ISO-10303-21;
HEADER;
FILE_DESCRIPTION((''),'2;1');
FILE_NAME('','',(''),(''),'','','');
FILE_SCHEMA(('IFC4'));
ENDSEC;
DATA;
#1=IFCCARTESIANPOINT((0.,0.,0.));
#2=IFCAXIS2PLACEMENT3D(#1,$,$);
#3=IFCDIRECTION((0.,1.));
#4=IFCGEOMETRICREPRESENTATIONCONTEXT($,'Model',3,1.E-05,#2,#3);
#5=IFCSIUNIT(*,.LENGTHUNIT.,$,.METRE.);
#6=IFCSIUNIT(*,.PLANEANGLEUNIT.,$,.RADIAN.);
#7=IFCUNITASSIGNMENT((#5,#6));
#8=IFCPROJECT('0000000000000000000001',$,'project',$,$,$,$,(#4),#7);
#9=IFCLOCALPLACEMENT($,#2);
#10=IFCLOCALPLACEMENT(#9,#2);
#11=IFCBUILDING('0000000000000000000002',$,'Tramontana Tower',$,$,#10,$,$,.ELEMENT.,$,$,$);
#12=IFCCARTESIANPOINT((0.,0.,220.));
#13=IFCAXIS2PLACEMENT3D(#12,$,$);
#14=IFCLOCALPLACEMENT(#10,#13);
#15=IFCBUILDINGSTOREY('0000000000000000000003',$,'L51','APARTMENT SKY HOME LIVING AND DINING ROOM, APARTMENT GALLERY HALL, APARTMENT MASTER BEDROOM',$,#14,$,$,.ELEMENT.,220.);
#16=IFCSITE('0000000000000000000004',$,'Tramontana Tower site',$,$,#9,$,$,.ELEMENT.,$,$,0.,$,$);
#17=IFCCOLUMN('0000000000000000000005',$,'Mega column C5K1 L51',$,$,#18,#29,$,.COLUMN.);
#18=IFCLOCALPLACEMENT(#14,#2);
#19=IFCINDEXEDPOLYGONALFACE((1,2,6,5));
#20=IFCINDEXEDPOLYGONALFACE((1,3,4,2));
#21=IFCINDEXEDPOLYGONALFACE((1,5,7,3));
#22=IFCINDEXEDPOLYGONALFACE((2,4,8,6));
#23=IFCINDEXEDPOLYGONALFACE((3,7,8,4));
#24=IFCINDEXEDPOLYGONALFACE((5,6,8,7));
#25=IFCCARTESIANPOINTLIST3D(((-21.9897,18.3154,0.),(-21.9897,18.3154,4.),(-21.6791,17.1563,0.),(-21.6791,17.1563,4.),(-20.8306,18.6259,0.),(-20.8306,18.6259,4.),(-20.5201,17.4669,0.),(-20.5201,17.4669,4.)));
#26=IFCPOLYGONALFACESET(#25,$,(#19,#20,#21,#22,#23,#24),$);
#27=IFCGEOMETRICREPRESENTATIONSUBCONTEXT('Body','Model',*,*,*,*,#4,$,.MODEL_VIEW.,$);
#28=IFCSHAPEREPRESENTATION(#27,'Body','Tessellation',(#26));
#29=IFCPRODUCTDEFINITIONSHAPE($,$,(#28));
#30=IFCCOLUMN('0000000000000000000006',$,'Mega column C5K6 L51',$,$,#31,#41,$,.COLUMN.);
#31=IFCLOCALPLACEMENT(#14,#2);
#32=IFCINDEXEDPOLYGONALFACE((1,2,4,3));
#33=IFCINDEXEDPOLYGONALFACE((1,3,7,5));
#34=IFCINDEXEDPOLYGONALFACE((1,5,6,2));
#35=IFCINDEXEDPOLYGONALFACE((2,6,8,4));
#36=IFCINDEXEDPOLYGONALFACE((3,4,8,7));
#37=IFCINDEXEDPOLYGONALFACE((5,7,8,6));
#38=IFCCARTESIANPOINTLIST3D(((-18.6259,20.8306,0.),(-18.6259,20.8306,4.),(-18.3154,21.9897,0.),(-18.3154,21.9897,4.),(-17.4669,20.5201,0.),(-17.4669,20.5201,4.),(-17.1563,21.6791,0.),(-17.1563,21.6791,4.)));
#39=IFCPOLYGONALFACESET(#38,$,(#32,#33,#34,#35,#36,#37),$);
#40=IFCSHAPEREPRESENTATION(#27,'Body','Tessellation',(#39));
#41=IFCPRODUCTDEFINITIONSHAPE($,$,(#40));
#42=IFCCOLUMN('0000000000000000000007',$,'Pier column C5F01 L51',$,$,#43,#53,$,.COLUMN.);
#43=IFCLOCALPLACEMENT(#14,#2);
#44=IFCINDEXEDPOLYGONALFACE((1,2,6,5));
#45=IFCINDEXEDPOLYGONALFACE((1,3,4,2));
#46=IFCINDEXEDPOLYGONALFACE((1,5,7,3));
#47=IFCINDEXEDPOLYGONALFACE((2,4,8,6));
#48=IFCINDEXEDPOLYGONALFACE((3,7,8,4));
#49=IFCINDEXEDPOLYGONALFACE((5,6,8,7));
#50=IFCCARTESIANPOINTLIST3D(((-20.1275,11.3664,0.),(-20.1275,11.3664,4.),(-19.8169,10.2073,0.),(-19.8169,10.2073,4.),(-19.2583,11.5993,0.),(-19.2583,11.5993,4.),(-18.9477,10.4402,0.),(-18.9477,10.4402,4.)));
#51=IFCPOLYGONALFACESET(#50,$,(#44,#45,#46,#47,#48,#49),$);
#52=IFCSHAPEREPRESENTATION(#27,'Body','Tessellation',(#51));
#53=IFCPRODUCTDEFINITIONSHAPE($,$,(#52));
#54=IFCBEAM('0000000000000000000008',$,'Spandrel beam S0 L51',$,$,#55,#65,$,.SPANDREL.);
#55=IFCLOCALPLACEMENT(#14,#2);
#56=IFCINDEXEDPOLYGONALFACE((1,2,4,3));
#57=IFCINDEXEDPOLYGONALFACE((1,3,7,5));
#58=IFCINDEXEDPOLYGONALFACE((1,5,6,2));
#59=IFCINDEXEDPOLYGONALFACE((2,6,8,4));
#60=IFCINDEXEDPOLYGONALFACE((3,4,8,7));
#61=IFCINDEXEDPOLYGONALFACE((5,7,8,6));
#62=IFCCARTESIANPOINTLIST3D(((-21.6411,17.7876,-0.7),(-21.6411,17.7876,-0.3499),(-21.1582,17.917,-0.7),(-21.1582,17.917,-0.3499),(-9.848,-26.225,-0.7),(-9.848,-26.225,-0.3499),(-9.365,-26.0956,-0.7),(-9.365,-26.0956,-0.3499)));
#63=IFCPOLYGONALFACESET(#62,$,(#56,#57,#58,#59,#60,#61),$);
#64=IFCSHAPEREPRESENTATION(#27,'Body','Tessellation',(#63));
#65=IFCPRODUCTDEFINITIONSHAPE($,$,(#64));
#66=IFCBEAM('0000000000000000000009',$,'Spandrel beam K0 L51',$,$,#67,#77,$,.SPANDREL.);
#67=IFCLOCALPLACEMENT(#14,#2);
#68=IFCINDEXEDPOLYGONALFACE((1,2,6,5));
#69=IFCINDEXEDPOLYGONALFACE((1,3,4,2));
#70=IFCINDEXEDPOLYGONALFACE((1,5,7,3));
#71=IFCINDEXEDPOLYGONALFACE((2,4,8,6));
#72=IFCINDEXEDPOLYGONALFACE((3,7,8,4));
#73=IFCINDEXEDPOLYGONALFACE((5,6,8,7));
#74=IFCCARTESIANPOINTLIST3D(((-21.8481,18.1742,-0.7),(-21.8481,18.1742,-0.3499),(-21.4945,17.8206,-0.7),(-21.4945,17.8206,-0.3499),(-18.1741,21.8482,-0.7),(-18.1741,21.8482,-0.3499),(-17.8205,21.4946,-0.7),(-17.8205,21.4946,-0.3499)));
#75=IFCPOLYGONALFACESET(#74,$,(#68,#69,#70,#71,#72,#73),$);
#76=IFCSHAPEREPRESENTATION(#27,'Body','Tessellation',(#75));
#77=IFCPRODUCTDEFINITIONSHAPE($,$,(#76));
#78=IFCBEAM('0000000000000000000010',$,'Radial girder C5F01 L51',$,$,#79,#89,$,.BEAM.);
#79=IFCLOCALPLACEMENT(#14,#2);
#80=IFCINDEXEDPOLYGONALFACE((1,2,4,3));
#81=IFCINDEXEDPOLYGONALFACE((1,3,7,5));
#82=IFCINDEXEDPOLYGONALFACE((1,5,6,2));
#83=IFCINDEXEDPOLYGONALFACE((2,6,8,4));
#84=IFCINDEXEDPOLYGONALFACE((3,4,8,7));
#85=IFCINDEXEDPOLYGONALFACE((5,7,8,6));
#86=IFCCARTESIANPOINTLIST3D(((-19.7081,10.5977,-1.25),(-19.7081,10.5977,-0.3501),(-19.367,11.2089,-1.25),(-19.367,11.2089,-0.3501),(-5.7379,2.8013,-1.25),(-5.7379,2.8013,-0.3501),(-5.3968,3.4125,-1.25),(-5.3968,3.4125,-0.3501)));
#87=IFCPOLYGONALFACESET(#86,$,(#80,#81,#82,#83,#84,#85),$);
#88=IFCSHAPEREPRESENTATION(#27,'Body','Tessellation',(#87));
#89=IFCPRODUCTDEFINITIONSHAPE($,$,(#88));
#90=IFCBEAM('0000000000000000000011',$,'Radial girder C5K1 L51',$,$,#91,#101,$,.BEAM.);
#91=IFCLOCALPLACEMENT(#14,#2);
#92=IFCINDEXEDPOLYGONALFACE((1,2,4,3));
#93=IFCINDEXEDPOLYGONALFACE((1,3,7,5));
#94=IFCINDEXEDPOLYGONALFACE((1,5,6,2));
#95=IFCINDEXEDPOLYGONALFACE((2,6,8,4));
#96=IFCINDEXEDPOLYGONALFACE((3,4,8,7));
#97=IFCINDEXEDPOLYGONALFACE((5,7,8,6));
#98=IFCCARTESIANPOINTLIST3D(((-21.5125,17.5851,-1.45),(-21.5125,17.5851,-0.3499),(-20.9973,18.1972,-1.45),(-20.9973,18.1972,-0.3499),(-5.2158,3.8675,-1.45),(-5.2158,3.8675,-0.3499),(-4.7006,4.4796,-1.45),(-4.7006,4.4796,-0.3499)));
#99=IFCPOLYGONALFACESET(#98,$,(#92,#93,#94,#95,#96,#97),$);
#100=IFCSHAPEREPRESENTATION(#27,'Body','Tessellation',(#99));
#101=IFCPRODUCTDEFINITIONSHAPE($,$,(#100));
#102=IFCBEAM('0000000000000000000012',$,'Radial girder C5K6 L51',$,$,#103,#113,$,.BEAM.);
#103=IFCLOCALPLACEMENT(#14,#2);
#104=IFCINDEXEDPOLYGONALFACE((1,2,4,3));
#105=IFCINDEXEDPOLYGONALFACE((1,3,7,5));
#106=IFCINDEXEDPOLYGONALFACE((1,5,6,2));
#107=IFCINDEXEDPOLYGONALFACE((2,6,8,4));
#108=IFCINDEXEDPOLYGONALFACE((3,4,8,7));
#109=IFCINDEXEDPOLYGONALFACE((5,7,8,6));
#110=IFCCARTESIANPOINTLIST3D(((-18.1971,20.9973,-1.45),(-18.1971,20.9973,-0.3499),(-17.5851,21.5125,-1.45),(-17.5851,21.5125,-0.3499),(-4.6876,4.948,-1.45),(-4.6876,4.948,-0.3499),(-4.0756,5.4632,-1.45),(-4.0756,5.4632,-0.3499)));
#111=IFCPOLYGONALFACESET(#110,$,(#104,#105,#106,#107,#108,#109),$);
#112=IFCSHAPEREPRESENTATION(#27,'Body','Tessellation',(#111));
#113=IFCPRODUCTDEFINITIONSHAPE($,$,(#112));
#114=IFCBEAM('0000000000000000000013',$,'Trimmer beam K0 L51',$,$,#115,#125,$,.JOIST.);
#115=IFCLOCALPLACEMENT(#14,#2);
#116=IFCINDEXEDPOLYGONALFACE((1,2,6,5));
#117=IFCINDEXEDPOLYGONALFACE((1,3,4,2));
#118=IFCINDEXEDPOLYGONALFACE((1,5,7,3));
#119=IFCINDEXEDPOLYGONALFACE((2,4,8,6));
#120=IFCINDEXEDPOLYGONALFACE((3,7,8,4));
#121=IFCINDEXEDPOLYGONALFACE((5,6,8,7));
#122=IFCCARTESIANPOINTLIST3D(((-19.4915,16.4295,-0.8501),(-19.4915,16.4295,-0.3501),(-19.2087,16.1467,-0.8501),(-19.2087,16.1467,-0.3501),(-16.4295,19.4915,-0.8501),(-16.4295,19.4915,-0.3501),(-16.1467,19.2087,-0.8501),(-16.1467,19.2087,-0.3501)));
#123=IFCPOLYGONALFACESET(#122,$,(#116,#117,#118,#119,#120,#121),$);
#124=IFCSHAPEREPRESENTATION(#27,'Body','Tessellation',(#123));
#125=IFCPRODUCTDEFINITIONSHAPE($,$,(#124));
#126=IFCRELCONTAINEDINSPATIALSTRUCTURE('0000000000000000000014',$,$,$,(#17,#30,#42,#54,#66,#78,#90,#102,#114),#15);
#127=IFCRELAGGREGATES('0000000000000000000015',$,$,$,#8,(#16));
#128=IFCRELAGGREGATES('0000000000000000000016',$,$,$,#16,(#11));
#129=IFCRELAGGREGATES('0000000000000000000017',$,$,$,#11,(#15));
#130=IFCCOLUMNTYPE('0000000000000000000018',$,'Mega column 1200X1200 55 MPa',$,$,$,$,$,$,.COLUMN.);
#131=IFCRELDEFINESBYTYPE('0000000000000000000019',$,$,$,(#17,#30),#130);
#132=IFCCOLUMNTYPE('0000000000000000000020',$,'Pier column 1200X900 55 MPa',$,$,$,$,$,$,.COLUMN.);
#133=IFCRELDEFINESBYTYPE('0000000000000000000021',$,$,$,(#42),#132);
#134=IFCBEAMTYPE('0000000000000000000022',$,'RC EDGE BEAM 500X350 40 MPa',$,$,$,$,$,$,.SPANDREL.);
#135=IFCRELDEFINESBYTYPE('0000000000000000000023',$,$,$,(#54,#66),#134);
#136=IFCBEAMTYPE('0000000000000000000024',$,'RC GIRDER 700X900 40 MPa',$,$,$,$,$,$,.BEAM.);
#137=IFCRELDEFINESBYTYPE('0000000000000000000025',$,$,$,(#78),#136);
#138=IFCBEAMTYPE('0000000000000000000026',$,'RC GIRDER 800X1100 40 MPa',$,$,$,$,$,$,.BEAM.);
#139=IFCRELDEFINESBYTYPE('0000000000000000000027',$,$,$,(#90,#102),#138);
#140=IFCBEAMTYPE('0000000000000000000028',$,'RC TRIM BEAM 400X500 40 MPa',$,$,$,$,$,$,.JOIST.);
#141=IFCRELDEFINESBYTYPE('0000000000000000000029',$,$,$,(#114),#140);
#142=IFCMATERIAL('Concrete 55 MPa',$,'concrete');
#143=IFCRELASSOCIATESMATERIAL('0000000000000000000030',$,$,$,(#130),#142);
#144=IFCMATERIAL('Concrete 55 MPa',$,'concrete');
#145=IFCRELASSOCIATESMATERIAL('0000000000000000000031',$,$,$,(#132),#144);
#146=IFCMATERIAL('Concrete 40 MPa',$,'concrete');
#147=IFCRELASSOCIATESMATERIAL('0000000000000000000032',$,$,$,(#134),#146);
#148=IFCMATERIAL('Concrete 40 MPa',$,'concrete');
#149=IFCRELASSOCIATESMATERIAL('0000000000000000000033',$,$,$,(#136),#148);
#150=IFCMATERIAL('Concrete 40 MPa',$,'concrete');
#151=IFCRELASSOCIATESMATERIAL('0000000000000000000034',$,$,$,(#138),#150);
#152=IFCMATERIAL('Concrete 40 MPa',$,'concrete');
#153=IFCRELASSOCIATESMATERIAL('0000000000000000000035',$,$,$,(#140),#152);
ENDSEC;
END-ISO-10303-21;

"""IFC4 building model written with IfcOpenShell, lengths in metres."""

from ifc_helpers import new_model, si_unit, direction, frame, origin, origin_2d, place, context, subcontext, project, spatial, rectangle, extrude, material, material_profile, profile_set, type_object, element, save


model = new_model("IFC4")

# Units and contexts
model_context = context("Model", 3, precision=1e-05, world=origin(), true_north=direction((0.0, 1.0)))
body_context = subcontext(model_context, "Body", "Model", "MODEL_VIEW")
ifc_project = project(units=[si_unit("LENGTHUNIT", "METRE"), si_unit("PLANEANGLEUNIT", "RADIAN")], contexts=[model_context])

# Site, building, storey
site_placement = place(None, origin())
site = spatial("IfcSite", under=ifc_project, at=site_placement, Name="Tramontana Tower site", CompositionType="ELEMENT", RefElevation=0.0)
building_placement = place(site_placement, origin())
building = spatial("IfcBuilding", under=site, at=building_placement, Name="Tramontana Tower", CompositionType="ELEMENT")
storey_placement = place(building_placement, frame((0.0, 0.0, 220.0)))
storey = spatial("IfcBuildingStorey", under=building, at=storey_placement, Name="L51", Description="APARTMENT SKY HOME LIVING AND DINING ROOM, APARTMENT GALLERY HALL, APARTMENT MASTER BEDROOM", CompositionType="ELEMENT", Elevation=220.0)

# Columns
ifc_material_1 = material(Name="Concrete 55 MPa", Category="concrete")
ifc_material_profile_1 = material_profile(ifc_material_1, rectangle(XDim=1.2, YDim=1.2, at=origin_2d()), Name="Mega column 1200X1200 55 MPa")
ifc_profile_set_1 = profile_set([ifc_material_profile_1], Name="Concrete 55 MPa")
column_type_1 = type_object("IfcColumnType", Name="Mega column 1200X1200 55 MPa", PredefinedType="COLUMN", material=ifc_profile_set_1)
for number, where, z_axis, x_axis, name in (
    (1, (-21.2549, 17.8911, 0.0), (0.0, 0.0, 1.0), (0.258819, -0.965926, 0.0), "Mega column C5K1 L51"),
    (2, (-17.8911, 21.2549, 0.0), (0.0, 0.0, 1.0), (-0.965926, 0.258819, 0.0), "Mega column C5K6 L51"),
):
    element("IfcColumn", number, at=place(storey_placement, frame(where, z_axis=z_axis, x_axis=x_axis)), inside=storey, type_object=column_type_1, Name=name, PredefinedType="COLUMN", context=body_context, shape_type="SweptSolid", body=[
        extrude(rectangle(XDim=1.2, YDim=1.2, at=origin_2d()), origin(), (0.0, 0.0, 1.0), 4.0),
    ])
ifc_material_2 = material(Name="Concrete 55 MPa", Category="concrete")
ifc_material_profile_2 = material_profile(ifc_material_2, rectangle(XDim=1.2, YDim=0.8999, at=origin_2d()), Name="Pier column 1200X900 55 MPa")
ifc_profile_set_2 = profile_set([ifc_material_profile_2], Name="Concrete 55 MPa")
column_type_2 = type_object("IfcColumnType", Name="Pier column 1200X900 55 MPa", PredefinedType="COLUMN", material=ifc_profile_set_2)
column_placement = place(storey_placement, frame((-19.5376, 10.9033, 0.0), z_axis=(0.0, 0.0, 1.0), x_axis=(0.258819, -0.965926, 0.0)))
element("IfcColumn", 3, at=column_placement, inside=storey, type_object=column_type_2, Name="Pier column C5F01 L51", PredefinedType="COLUMN", context=body_context, shape_type="SweptSolid", body=[
    extrude(rectangle(XDim=1.2, YDim=0.8999, at=origin_2d()), origin(), (0.0, 0.0, 1.0), 4.0),
])

# Beams
ifc_material_3 = material(Name="Concrete 40 MPa", Category="concrete")
ifc_material_profile_3 = material_profile(ifc_material_3, rectangle(XDim=0.5, YDim=0.3501, at=origin_2d()), Name="RC EDGE BEAM 500X350 40 MPa")
ifc_profile_set_3 = profile_set([ifc_material_profile_3], Name="Concrete 40 MPa")
beam_type_1 = type_object("IfcBeamType", Name="RC EDGE BEAM 500X350 40 MPa", PredefinedType="SPANDREL", material=ifc_profile_set_3)
beam_1_placement = place(storey_placement, frame((-21.3997, 17.8523, -0.5249), z_axis=(0.25882, -0.965926, 0.0), x_axis=(0.965926, 0.25882, 0.0)))
element("IfcBeam", 4, at=beam_1_placement, inside=storey, type_object=beam_type_1, Name="Spandrel beam S0 L51", PredefinedType="SPANDREL", context=body_context, shape_type="SweptSolid", body=[
    extrude(rectangle(XDim=0.5, YDim=0.3501, at=origin_2d()), origin(), (0.0, 0.0, 1.0), 45.5652),
])
beam_2_placement = place(storey_placement, frame((-17.9973, 21.6714, -0.5249), z_axis=(-0.707107, -0.707107, 0.0), x_axis=(0.707107, -0.707107, 0.0)))
element("IfcBeam", 5, at=beam_2_placement, inside=storey, type_object=beam_type_1, Name="Spandrel beam K0 L51", PredefinedType="SPANDREL", context=body_context, shape_type="SweptSolid", body=[
    extrude(rectangle(XDim=0.5, YDim=0.3501, at=origin_2d()), origin(), (0.0, 0.0, 1.0), 5.1958),
])
ifc_material_4 = material(Name="Concrete 40 MPa", Category="concrete")
ifc_material_profile_4 = material_profile(ifc_material_4, rectangle(XDim=0.7, YDim=0.8999, at=origin_2d()), Name="RC GIRDER 700X900 40 MPa")
ifc_profile_set_4 = profile_set([ifc_material_profile_4], Name="Concrete 40 MPa")
beam_type_2 = type_object("IfcBeamType", Name="RC GIRDER 700X900 40 MPa", PredefinedType="BEAM", material=ifc_profile_set_4)
beam_3_placement = place(storey_placement, frame((-19.5376, 10.9033, -0.8), z_axis=(0.873223, -0.487321, 0.0), x_axis=(0.487321, 0.873223, 0.0)))
element("IfcBeam", 6, at=beam_3_placement, inside=storey, type_object=beam_type_2, Name="Radial girder C5F01 L51", PredefinedType="BEAM", context=body_context, shape_type="SweptSolid", body=[
    extrude(rectangle(XDim=0.7, YDim=0.8999, at=origin_2d()), origin(), (0.0, 0.0, 1.0), 15.9985),
])
ifc_material_5 = material(Name="Concrete 40 MPa", Category="concrete")
ifc_material_profile_5 = material_profile(ifc_material_5, rectangle(XDim=0.8, YDim=1.1001, at=origin_2d()), Name="RC GIRDER 800X1100 40 MPa")
ifc_profile_set_5 = profile_set([ifc_material_profile_5], Name="Concrete 40 MPa")
beam_type_3 = type_object("IfcBeamType", Name="RC GIRDER 800X1100 40 MPa", PredefinedType="BEAM", material=ifc_profile_set_5)
beam_4_placement = place(storey_placement, frame((-21.2549, 17.8911, -0.8999), z_axis=(0.765049, -0.643972, 0.0), x_axis=(0.643972, 0.765049, 0.0)))
element("IfcBeam", 7, at=beam_4_placement, inside=storey, type_object=beam_type_3, Name="Radial girder C5K1 L51", PredefinedType="BEAM", context=body_context, shape_type="SweptSolid", body=[
    extrude(rectangle(XDim=0.8, YDim=1.1001, at=origin_2d()), origin(), (0.0, 0.0, 1.0), 21.3015),
])
beam_5_placement = place(storey_placement, frame((-17.8911, 21.2549, -0.8999), z_axis=(0.643977, -0.765045, 0.0), x_axis=(0.765045, 0.643977, 0.0)))
element("IfcBeam", 8, at=beam_5_placement, inside=storey, type_object=beam_type_3, Name="Radial girder C5K6 L51", PredefinedType="BEAM", context=body_context, shape_type="SweptSolid", body=[
    extrude(rectangle(XDim=0.8, YDim=1.1001, at=origin_2d()), origin(), (0.0, 0.0, 1.0), 20.9783),
])
ifc_material_6 = material(Name="Concrete 40 MPa", Category="concrete")
ifc_material_profile_6 = material_profile(ifc_material_6, rectangle(XDim=0.3999, YDim=0.5, at=origin_2d()), Name="RC TRIM BEAM 400X500 40 MPa")
ifc_profile_set_6 = profile_set([ifc_material_profile_6], Name="Concrete 40 MPa")
beam_type_4 = type_object("IfcBeamType", Name="RC TRIM BEAM 400X500 40 MPa", PredefinedType="JOIST", material=ifc_profile_set_6)
beam_6_placement = place(storey_placement, frame((-16.2881, 19.3501, -0.6001), z_axis=(-0.707107, -0.707107, 0.0), x_axis=(0.707107, -0.707107, 0.0)))
element("IfcBeam", 9, at=beam_6_placement, inside=storey, type_object=beam_type_4, Name="Trimmer beam K0 L51", PredefinedType="JOIST", context=body_context, shape_type="SweptSolid", body=[
    extrude(rectangle(XDim=0.3999, YDim=0.5, at=origin_2d()), origin(), (0.0, 0.0, 1.0), 4.3303),
])

save(model, "model.ifc")
